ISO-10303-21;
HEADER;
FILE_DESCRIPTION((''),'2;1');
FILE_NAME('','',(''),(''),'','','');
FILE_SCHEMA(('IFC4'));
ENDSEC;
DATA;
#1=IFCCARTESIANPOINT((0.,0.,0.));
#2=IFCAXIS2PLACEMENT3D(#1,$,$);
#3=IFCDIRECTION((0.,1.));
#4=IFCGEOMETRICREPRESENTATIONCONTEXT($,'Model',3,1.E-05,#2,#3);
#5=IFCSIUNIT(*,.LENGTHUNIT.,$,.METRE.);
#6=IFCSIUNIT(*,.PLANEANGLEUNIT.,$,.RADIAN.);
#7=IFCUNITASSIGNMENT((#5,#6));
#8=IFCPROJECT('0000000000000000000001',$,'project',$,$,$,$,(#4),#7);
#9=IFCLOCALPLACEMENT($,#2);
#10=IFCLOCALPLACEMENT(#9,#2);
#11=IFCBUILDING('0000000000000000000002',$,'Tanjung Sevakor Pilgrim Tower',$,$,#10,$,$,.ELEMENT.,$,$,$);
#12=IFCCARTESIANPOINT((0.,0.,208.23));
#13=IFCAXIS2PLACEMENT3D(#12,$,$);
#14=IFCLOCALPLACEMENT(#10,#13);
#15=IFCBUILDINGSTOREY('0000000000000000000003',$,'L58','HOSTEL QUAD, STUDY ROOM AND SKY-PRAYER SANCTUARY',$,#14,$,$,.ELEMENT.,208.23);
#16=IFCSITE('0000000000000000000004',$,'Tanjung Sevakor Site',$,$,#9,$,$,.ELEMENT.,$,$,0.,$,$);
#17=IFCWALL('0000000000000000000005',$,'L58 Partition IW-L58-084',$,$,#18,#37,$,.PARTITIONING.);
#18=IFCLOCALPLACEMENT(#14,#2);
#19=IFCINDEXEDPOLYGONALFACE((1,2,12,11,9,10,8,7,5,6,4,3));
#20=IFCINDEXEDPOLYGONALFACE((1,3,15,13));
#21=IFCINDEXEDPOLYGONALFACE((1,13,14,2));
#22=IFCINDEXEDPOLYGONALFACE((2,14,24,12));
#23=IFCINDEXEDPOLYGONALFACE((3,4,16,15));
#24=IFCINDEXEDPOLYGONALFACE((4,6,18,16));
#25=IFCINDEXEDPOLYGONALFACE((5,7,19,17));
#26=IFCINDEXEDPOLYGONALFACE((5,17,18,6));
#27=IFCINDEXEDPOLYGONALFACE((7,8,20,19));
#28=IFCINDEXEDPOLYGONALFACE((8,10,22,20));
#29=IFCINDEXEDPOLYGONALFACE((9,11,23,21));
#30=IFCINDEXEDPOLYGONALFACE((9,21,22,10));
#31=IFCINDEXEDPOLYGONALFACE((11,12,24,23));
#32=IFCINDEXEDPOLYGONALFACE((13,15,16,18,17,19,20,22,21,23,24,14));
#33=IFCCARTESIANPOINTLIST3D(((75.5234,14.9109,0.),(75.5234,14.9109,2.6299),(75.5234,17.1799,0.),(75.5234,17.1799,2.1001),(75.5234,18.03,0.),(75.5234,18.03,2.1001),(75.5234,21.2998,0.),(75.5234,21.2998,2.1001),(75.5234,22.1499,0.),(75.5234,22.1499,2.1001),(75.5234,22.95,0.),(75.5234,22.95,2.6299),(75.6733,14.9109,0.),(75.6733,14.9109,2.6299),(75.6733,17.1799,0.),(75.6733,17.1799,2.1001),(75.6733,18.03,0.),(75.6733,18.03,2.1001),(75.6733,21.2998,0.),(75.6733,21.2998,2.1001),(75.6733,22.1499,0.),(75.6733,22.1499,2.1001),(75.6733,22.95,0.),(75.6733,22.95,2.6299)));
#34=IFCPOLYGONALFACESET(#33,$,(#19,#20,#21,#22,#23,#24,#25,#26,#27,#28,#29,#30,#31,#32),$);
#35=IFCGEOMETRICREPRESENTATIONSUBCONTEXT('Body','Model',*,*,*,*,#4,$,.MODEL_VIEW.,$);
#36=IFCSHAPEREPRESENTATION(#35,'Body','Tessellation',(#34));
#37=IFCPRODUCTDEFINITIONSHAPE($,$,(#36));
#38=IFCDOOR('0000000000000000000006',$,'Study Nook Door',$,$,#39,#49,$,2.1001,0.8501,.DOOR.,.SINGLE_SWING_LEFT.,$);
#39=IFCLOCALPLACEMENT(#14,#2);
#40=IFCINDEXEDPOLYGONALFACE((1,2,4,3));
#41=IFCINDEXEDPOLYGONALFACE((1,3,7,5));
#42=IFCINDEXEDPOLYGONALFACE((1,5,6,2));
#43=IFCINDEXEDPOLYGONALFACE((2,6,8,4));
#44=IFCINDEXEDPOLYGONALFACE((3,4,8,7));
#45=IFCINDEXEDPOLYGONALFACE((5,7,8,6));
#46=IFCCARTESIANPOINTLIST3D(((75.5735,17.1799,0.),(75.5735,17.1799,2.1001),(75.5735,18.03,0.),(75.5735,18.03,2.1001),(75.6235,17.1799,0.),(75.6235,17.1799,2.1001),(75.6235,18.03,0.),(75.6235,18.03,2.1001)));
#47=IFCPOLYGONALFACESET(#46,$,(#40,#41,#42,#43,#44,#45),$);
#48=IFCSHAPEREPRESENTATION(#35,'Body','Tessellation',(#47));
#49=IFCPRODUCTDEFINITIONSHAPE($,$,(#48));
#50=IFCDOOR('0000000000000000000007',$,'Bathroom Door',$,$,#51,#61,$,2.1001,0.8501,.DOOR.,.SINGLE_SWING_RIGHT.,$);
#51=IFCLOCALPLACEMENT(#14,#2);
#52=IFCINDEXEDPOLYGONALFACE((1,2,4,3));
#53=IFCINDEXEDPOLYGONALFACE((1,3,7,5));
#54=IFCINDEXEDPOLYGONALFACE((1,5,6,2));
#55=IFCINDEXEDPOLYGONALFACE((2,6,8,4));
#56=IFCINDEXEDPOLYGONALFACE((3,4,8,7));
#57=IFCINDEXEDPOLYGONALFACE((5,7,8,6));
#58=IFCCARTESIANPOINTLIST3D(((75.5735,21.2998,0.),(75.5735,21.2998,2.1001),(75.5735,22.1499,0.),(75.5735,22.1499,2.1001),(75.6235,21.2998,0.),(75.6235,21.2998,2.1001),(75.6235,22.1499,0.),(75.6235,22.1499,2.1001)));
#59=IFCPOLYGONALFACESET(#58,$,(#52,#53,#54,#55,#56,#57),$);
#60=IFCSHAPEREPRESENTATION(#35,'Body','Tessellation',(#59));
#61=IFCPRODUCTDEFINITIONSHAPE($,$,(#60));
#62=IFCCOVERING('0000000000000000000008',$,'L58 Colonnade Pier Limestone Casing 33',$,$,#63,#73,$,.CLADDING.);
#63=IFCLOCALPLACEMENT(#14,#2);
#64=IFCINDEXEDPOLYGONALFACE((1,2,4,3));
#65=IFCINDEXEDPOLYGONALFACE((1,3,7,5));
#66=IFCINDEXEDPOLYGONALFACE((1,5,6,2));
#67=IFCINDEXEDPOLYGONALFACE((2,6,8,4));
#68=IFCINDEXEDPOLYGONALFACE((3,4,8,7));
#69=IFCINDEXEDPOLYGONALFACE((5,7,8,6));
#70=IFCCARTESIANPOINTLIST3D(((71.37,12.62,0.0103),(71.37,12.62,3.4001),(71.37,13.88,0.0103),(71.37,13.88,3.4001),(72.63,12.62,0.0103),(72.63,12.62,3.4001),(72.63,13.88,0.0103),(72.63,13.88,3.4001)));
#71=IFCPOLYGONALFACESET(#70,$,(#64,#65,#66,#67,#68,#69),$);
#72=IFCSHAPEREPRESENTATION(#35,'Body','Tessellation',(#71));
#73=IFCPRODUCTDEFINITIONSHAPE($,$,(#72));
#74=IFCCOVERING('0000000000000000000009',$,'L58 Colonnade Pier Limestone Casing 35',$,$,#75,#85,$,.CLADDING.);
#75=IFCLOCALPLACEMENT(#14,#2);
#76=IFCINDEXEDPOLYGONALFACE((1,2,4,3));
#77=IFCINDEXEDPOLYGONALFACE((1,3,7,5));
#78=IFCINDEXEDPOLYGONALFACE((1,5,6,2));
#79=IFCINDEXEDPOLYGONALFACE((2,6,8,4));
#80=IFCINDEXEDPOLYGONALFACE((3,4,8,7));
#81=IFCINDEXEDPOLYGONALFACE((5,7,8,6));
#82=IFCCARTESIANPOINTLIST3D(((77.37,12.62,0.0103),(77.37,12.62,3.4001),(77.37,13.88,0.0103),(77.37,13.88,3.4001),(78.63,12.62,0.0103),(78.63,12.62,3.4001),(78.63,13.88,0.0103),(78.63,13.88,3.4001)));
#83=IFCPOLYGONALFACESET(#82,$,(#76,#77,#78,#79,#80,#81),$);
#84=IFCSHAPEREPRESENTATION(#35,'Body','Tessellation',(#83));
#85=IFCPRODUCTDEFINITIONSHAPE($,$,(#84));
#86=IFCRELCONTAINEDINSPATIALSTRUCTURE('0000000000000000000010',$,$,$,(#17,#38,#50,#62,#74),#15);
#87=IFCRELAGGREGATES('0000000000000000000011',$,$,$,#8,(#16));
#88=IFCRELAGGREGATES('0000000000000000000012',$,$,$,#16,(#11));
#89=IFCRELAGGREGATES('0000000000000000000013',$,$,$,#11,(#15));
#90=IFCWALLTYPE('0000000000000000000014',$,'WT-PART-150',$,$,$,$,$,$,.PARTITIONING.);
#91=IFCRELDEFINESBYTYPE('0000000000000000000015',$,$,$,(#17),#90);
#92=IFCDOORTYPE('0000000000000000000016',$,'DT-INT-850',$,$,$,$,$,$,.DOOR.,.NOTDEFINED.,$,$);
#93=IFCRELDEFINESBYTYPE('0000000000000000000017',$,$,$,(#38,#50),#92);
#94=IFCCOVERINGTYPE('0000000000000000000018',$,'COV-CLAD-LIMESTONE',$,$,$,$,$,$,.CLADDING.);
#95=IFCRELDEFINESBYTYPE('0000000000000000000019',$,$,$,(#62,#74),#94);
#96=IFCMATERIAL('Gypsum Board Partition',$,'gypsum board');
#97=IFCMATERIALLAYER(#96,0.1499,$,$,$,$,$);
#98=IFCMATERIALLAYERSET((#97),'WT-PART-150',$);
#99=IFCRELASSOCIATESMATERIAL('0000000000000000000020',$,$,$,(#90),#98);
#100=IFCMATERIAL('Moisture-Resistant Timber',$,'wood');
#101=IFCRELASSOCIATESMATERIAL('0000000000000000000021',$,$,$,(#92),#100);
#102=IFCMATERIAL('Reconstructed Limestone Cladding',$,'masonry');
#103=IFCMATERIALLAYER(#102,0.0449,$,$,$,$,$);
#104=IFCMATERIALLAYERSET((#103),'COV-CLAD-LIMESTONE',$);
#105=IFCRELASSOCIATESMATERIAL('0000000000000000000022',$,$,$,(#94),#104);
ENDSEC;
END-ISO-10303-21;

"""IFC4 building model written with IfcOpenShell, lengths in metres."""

from ifc_helpers import new_model, si_unit, direction, frame, frame_2d, origin, origin_2d, place, context, subcontext, project, spatial, rectangle, extrude, material, layer, layer_set, type_object, element, fill, save


model = new_model("IFC4")

# Units and contexts
model_context = context("Model", 3, precision=1e-05, world=origin(), true_north=direction((0.0, 1.0)))
body_context = subcontext(model_context, "Body", "Model", "MODEL_VIEW")
ifc_project = project(units=[si_unit("LENGTHUNIT", "METRE"), si_unit("PLANEANGLEUNIT", "RADIAN")], contexts=[model_context])

# Site, building, storey
site_placement = place(None, origin())
site = spatial("IfcSite", under=ifc_project, at=site_placement, Name="Tanjung Sevakor Site", CompositionType="ELEMENT", RefElevation=0.0)
building_placement = place(site_placement, origin())
building = spatial("IfcBuilding", under=site, at=building_placement, Name="Tanjung Sevakor Pilgrim Tower", CompositionType="ELEMENT")
storey_placement = place(building_placement, frame((0.0, 0.0, 208.23)))
storey = spatial("IfcBuildingStorey", under=building, at=storey_placement, Name="L58", Description="HOSTEL QUAD, STUDY ROOM AND SKY-PRAYER SANCTUARY", CompositionType="ELEMENT", Elevation=208.23)

# Wall, openings, doors
ifc_material_1 = material(Name="Gypsum Board Partition", Category="gypsum board")
ifc_layer_1 = layer(ifc_material_1, 0.1499)
ifc_layer_set_1 = layer_set([ifc_layer_1], Name="WT-PART-150")
wall_type_1 = type_object("IfcWallType", Name="WT-PART-150", PredefinedType="PARTITIONING", material=ifc_layer_set_1)
ifc_material_2 = material(Name="Moisture-Resistant Timber", Category="wood")
door_type = type_object("IfcDoorType", Name="DT-INT-850", OperationType="NOTDEFINED", PredefinedType="DOOR", material=ifc_material_2)
wall_1_placement = place(storey_placement, frame((75.5984, 14.9109, 0.0), z_axis=(0.0, 0.0, 1.0), x_axis=(0.0, 1.0, 0.0)))
wall_1 = element("IfcWall", 1, at=wall_1_placement, inside=storey, type_object=wall_type_1, Name="L58 Partition IW-L58-084", PredefinedType="PARTITIONING", context=body_context, shape_type="SweptSolid", body=[
    extrude(rectangle(XDim=8.0391, YDim=0.1499, at=frame_2d((4.0195, 0.0))), origin(), (0.0, 0.0, 1.0), 2.6299),
])
opening_1_placement = place(wall_1_placement, frame((2.269, 0.0, 0.0)))
opening_1 = element("IfcOpeningElement", 2, at=opening_1_placement, cuts=wall_1, PredefinedType="OPENING", context=body_context, shape_type="SweptSolid", body=[
    extrude(rectangle(XDim=0.8501, YDim=2.1001, at=frame_2d((0.425, 1.05))), frame((0.0, 0.085, 0.0), z_axis=(0.0, -1.0, 0.0), x_axis=(1.0, 0.0, 0.0)), (0.0, 0.0, 1.0), 0.1699),
])
opening_2_placement = place(wall_1_placement, frame((6.3889, 0.0, 0.0)))
opening_2 = element("IfcOpeningElement", 3, at=opening_2_placement, cuts=wall_1, PredefinedType="OPENING", context=body_context, shape_type="SweptSolid", body=[
    extrude(rectangle(XDim=0.8501, YDim=2.1001, at=frame_2d((0.425, 1.05))), frame((0.0, 0.085, 0.0), z_axis=(0.0, -1.0, 0.0), x_axis=(1.0, 0.0, 0.0)), (0.0, 0.0, 1.0), 0.1699),
])
door_1_placement = place(opening_1_placement, origin())
door_1 = element("IfcDoor", 4, at=door_1_placement, inside=storey, type_object=door_type, Name="Study Nook Door", OperationType="SINGLE_SWING_LEFT", OverallHeight=2.1001, OverallWidth=0.8501, PredefinedType="DOOR", context=body_context, shape_type="SweptSolid", body=[
    extrude(rectangle(XDim=0.8501, YDim=2.1001, at=frame_2d((0.425, 1.05))), frame((0.0, 0.0249, 0.0), z_axis=(0.0, -1.0, 0.0), x_axis=(1.0, 0.0, 0.0)), (0.0, 0.0, 1.0), 0.05),
])
fill(opening_1, door_1)
door_2_placement = place(opening_2_placement, origin())
door_2 = element("IfcDoor", 5, at=door_2_placement, inside=storey, type_object=door_type, Name="Bathroom Door", OperationType="SINGLE_SWING_RIGHT", OverallHeight=2.1001, OverallWidth=0.8501, PredefinedType="DOOR", context=body_context, shape_type="SweptSolid", body=[
    extrude(rectangle(XDim=0.8501, YDim=2.1001, at=frame_2d((0.425, 1.05))), frame((0.0, 0.0249, 0.0), z_axis=(0.0, -1.0, 0.0), x_axis=(1.0, 0.0, 0.0)), (0.0, 0.0, 1.0), 0.05),
])
fill(opening_2, door_2)

# Coverings
ifc_material_3 = material(Name="Reconstructed Limestone Cladding", Category="masonry")
ifc_layer_2 = layer(ifc_material_3, 0.0449)
ifc_layer_set_2 = layer_set([ifc_layer_2], Name="COV-CLAD-LIMESTONE")
covering_type = type_object("IfcCoveringType", Name="COV-CLAD-LIMESTONE", PredefinedType="CLADDING", material=ifc_layer_set_2)
for number, where, z_axis, x_axis, name in (
    (6, (72.0, 13.25, 0.0103), (0.0, 0.0, 1.0), (1.0, 0.0, 0.0), "L58 Colonnade Pier Limestone Casing 33"),
    (7, (78.0, 13.25, 0.0103), (0.0, 0.0, 1.0), (1.0, 0.0, 0.0), "L58 Colonnade Pier Limestone Casing 35"),
):
    element("IfcCovering", number, at=place(storey_placement, frame(where, z_axis=z_axis, x_axis=x_axis)), inside=storey, type_object=covering_type, Name=name, PredefinedType="CLADDING", context=body_context, shape_type="SweptSolid", body=[
        extrude(rectangle(XDim=1.26, YDim=1.26, at=origin_2d()), origin(), (0.0, 0.0, 1.0), 3.3899),
    ])

save(model, "model.ifc")
